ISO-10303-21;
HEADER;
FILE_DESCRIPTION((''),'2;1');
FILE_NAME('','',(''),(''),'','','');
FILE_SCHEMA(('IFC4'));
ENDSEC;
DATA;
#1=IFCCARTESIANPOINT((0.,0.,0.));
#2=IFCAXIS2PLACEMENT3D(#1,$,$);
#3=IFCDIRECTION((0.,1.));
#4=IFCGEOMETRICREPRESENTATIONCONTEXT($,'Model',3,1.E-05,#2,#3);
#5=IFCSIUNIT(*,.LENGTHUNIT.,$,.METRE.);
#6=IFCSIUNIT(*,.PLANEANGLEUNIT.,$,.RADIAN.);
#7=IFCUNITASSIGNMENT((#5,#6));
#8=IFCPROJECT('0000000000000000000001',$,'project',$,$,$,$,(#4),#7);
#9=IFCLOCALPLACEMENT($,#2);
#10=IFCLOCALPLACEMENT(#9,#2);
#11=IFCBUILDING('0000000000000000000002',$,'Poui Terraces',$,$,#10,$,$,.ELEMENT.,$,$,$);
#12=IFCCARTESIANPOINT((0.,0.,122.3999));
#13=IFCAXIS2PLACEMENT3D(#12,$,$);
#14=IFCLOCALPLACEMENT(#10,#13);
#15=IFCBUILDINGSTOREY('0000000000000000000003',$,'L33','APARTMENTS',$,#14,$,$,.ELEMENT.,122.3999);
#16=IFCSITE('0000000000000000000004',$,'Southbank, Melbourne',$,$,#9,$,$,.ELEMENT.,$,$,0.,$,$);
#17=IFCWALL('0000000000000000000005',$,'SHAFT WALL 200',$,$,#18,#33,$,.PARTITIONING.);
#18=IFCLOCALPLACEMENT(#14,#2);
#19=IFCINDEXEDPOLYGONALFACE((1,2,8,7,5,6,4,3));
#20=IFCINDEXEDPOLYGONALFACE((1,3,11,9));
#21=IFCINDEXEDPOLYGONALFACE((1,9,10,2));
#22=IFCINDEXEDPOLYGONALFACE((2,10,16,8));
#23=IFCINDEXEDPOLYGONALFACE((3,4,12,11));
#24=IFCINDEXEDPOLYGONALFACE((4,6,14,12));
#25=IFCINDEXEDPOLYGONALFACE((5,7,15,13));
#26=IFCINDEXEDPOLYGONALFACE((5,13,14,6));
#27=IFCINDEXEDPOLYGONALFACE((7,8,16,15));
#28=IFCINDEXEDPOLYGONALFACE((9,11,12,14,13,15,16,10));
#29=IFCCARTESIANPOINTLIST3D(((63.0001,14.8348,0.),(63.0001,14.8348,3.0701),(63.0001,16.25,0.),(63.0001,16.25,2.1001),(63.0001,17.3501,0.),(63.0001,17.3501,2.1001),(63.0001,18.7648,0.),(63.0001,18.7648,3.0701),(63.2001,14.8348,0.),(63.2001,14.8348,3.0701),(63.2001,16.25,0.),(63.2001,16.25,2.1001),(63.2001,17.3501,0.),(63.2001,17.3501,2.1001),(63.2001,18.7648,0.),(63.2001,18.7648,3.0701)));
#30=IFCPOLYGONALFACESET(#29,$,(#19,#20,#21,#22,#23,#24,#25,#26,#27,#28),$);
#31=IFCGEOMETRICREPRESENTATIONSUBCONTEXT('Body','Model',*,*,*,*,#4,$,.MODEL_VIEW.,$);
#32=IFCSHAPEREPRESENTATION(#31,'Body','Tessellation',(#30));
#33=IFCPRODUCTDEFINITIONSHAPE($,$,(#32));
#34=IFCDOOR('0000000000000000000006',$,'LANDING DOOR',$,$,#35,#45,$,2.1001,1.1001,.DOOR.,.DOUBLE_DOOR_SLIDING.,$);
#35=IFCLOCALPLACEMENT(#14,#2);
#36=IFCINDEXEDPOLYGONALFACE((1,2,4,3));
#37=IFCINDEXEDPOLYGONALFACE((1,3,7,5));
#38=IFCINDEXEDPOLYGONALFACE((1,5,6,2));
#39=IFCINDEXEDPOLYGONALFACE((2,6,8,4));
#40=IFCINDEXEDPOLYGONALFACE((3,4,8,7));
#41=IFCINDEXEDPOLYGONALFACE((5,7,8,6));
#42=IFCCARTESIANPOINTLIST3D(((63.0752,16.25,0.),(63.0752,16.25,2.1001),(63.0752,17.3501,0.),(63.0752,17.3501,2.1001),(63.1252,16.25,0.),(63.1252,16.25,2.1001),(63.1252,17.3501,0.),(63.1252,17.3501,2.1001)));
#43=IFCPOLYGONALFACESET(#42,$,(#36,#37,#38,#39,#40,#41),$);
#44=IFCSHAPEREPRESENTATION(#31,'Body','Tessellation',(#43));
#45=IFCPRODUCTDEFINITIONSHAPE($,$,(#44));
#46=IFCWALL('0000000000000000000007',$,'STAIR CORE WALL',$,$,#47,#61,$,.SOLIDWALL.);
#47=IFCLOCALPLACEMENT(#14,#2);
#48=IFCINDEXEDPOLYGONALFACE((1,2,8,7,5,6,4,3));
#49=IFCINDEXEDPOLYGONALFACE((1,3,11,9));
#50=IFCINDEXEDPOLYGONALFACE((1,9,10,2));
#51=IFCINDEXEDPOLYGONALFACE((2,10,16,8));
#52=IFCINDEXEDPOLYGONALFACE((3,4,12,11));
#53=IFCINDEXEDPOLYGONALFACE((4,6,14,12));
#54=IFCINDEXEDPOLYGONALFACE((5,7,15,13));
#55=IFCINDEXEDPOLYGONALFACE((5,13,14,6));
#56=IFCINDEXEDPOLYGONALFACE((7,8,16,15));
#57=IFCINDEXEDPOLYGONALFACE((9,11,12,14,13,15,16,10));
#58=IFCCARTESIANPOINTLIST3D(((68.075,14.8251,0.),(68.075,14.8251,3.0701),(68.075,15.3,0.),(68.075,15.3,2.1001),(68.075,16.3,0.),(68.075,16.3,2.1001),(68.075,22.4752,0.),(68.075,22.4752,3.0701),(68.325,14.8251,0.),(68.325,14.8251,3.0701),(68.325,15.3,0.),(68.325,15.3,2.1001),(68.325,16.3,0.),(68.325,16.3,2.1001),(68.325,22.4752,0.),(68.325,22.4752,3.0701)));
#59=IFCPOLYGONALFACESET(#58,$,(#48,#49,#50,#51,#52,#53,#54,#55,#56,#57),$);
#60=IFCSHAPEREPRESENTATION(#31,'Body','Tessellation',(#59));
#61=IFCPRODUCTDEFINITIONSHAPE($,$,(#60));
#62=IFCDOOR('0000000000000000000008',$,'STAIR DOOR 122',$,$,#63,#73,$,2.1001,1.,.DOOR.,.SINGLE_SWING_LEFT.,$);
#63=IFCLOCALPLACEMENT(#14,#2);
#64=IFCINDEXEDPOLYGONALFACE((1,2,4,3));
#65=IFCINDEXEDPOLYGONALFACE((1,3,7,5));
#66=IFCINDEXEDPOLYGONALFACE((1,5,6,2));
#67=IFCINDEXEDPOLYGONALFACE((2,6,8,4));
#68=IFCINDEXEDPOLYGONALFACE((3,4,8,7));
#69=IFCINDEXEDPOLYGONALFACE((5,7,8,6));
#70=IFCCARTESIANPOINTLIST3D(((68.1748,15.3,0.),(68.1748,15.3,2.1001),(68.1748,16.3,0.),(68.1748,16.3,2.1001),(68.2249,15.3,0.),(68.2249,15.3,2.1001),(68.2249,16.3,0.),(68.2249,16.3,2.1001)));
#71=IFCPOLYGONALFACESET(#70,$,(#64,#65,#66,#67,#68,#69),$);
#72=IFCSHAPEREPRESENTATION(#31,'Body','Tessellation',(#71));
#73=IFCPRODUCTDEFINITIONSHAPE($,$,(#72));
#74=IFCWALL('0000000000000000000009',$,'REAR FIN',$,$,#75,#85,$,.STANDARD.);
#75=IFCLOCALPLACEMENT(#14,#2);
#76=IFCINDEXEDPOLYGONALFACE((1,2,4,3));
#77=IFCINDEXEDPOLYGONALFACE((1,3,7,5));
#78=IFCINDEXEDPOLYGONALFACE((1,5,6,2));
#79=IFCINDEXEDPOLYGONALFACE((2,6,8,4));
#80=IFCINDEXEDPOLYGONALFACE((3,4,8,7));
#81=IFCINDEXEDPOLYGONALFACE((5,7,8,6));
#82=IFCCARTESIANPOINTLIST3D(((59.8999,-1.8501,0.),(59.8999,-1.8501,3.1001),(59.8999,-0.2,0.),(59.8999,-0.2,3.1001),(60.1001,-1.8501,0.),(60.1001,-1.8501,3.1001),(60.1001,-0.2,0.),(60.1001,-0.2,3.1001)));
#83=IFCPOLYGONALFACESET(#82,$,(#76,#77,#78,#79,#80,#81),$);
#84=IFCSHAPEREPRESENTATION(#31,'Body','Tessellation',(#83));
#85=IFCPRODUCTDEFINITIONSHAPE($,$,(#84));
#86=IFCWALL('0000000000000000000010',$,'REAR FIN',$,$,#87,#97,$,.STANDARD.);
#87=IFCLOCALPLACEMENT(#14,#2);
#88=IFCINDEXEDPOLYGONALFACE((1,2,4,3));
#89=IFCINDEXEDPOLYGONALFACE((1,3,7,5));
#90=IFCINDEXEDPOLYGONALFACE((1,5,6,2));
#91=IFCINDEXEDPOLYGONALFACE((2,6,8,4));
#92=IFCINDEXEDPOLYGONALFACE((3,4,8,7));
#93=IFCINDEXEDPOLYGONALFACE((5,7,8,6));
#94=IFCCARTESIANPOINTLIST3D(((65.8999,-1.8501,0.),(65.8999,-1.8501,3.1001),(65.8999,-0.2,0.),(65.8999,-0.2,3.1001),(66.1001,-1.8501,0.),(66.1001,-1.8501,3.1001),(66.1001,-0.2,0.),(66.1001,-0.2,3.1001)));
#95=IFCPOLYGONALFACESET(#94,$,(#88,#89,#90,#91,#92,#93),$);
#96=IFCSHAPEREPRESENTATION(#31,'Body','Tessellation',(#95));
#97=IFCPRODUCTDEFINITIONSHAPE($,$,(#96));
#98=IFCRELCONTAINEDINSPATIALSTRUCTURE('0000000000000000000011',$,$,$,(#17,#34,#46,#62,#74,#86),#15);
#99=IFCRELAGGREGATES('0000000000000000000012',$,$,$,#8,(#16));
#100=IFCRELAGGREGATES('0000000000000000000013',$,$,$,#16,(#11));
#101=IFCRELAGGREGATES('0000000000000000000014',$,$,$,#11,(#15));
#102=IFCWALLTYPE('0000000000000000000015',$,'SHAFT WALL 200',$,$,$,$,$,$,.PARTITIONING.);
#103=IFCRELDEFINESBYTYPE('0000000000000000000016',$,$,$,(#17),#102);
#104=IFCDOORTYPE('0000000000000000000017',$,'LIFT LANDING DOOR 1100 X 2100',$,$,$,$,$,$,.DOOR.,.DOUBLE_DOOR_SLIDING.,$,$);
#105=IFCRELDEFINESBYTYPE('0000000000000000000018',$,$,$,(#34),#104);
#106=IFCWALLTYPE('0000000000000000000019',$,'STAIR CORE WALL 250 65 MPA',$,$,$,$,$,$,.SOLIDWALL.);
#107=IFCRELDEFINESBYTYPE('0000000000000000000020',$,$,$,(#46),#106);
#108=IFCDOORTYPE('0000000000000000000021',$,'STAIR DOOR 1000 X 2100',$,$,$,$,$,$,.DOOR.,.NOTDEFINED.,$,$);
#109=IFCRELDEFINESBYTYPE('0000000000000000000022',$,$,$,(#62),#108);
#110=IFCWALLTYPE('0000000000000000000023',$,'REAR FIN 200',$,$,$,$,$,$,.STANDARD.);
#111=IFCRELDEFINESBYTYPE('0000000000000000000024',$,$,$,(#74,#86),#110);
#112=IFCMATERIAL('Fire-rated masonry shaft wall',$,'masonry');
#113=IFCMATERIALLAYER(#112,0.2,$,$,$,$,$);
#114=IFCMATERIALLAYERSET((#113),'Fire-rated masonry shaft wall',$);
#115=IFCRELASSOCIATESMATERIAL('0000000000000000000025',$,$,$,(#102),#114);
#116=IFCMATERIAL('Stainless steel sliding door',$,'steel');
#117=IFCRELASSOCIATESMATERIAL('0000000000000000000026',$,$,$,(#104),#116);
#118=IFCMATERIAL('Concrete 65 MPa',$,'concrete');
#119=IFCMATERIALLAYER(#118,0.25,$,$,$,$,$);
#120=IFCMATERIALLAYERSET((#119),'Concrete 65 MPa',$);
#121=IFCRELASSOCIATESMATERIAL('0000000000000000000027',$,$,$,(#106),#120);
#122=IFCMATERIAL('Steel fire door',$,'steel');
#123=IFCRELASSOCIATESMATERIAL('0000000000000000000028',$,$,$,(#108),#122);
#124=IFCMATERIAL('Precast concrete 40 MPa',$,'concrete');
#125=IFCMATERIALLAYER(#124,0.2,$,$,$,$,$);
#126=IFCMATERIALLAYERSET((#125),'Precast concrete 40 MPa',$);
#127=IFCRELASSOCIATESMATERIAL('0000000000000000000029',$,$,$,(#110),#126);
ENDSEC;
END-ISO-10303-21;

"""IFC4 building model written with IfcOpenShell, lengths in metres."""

from ifc_helpers import new_model, si_unit, direction, frame, frame_2d, origin, place, context, subcontext, project, spatial, polyline, rectangle, outline, extrude, source, transform, mapped, material, layer, layer_set, type_object, element, fill, save


model = new_model("IFC4")

# Units and contexts
model_context = context("Model", 3, precision=1e-05, world=origin(), true_north=direction((0.0, 1.0)))
body_context = subcontext(model_context, "Body", "Model", "MODEL_VIEW")
ifc_project = project(units=[si_unit("LENGTHUNIT", "METRE"), si_unit("PLANEANGLEUNIT", "RADIAN")], contexts=[model_context])

# Site, building, storey
site_placement = place(None, origin())
site = spatial("IfcSite", under=ifc_project, at=site_placement, Name="Southbank, Melbourne", CompositionType="ELEMENT", RefElevation=0.0)
building_placement = place(site_placement, origin())
building = spatial("IfcBuilding", under=site, at=building_placement, Name="Poui Terraces", CompositionType="ELEMENT")
storey_placement = place(building_placement, frame((0.0, 0.0, 122.3999)))
storey = spatial("IfcBuildingStorey", under=building, at=storey_placement, Name="L33", Description="APARTMENTS", CompositionType="ELEMENT", Elevation=122.3999)

# Shared definitions
ifc_material_1 = material(Name="Concrete 65 MPa", Category="concrete")

# Shared definitions
ifc_material_2 = material(Name="Precast concrete 40 MPa", Category="concrete")

# Shared definitions
ifc_material_3 = material(Name="Steel fire door", Category="steel")

# Shared definitions
ifc_material_4 = material(Name="Fire-rated masonry shaft wall", Category="masonry")
ifc_layer_1 = layer(ifc_material_4, 0.2)
ifc_layer_set_1 = layer_set([ifc_layer_1], Name="Fire-rated masonry shaft wall")
wall_type_1 = type_object("IfcWallType", Name="SHAFT WALL 200", PredefinedType="PARTITIONING", material=ifc_layer_set_1)

# Walls, openings, doors
wall_1_placement = place(storey_placement, frame((63.1001, 14.835, 0.0), z_axis=(0.0, 0.0, 1.0), x_axis=(0.0, 1.0, 0.0)))
wall_1 = element("IfcWall", 1, at=wall_1_placement, inside=storey, type_object=wall_type_1, Name="SHAFT WALL 200", PredefinedType="PARTITIONING", context=body_context, shape_type="SweptSolid", body=[
    extrude(rectangle(XDim=3.9299, YDim=0.2, at=frame_2d((1.9648, 0.0))), origin(), (0.0, 0.0, 1.0), 3.0701),
])
opening_1_placement = place(wall_1_placement, frame((1.415, 0.0, 0.0)))
opening_1 = element("IfcOpeningElement", 2, at=opening_1_placement, cuts=wall_1, PredefinedType="OPENING", context=body_context, shape_type="SweptSolid", body=[
    extrude(rectangle(XDim=1.1001, YDim=2.1001, at=frame_2d((0.55, 1.05))), frame((0.0, 0.1099, 0.0), z_axis=(0.0, -1.0, 0.0), x_axis=(1.0, 0.0, 0.0)), (0.0, 0.0, 1.0), 0.22),
])
ifc_material_5 = material(Name="Stainless steel sliding door", Category="steel")
door_type_1 = type_object("IfcDoorType", Name="LIFT LANDING DOOR 1100 X 2100", OperationType="DOUBLE_DOOR_SLIDING", PredefinedType="DOOR", material=ifc_material_5)
door_1_placement = place(opening_1_placement, origin())
door_1 = element("IfcDoor", 3, at=door_1_placement, inside=storey, type_object=door_type_1, Name="LANDING DOOR", OperationType="DOUBLE_DOOR_SLIDING", OverallHeight=2.1001, OverallWidth=1.1001, PredefinedType="DOOR", context=body_context, shape_type="SweptSolid", body=[
    extrude(rectangle(XDim=1.1001, YDim=2.1001, at=frame_2d((0.55, 1.05))), frame((0.0, 0.0249, 0.0), z_axis=(0.0, -1.0, 0.0), x_axis=(1.0, 0.0, 0.0)), (0.0, 0.0, 1.0), 0.05),
])
fill(opening_1, door_1)
ifc_layer_2 = layer(ifc_material_1, 0.25)
ifc_layer_set_2 = layer_set([ifc_layer_2], Name="Concrete 65 MPa")
wall_type_2 = type_object("IfcWallType", Name="STAIR CORE WALL 250 65 MPA", PredefinedType="SOLIDWALL", material=ifc_layer_set_2)
wall_2_placement = place(storey_placement, frame((68.2, 14.825, 0.0), z_axis=(0.0, 0.0, 1.0), x_axis=(0.0, 1.0, 0.0)))
wall_2 = element("IfcWall", 4, at=wall_2_placement, inside=storey, type_object=wall_type_2, Name="STAIR CORE WALL", PredefinedType="SOLIDWALL", context=body_context, shape_type="SweptSolid", body=[
    extrude(rectangle(XDim=7.6501, YDim=0.25, at=frame_2d((3.8252, 0.0))), origin(), (0.0, 0.0, 1.0), 3.0701),
])
opening_2_placement = place(wall_2_placement, frame((0.4751, 0.0, 0.0)))
opening_2 = element("IfcOpeningElement", 5, at=opening_2_placement, cuts=wall_2, PredefinedType="OPENING", context=body_context, shape_type="SweptSolid", body=[
    extrude(rectangle(XDim=1.0, YDim=2.1001, at=frame_2d((0.5, 1.05))), frame((0.0, 0.135, 0.0), z_axis=(0.0, -1.0, 0.0), x_axis=(1.0, 0.0, 0.0)), (0.0, 0.0, 1.0), 0.27),
])
door_type_2 = type_object("IfcDoorType", Name="STAIR DOOR 1000 X 2100", OperationType="NOTDEFINED", PredefinedType="DOOR", material=ifc_material_3)
door_2_placement = place(opening_2_placement, frame((1.0, 0.0, 0.0), z_axis=(0.0, 0.0, 1.0), x_axis=(-1.0, 0.0, 0.0)))
door_2 = element("IfcDoor", 6, at=door_2_placement, inside=storey, type_object=door_type_2, Name="STAIR DOOR 122", OperationType="SINGLE_SWING_LEFT", OverallHeight=2.1001, OverallWidth=1.0, PredefinedType="DOOR", context=body_context, shape_type="SweptSolid", body=[
    extrude(rectangle(XDim=1.0, YDim=2.1001, at=frame_2d((0.5, 1.05))), frame((0.0, 0.0249, 0.0), z_axis=(0.0, -1.0, 0.0), x_axis=(1.0, 0.0, 0.0)), (0.0, 0.0, 1.0), 0.05),
])
fill(opening_2, door_2)

# Walls
ifc_layer_3 = layer(ifc_material_2, 0.2)
ifc_layer_set_3 = layer_set([ifc_layer_3], Name="Precast concrete 40 MPa")
wall_type_3 = type_object("IfcWallType", Name="REAR FIN 200", PredefinedType="STANDARD", material=ifc_layer_set_3)
shared_shape_1 = source(origin(), body_context, "Body", "SweptSolid", [
    extrude(outline(polyline([(0.0, 0.0), (0.2002, 0.0), (0.2002, 1.6501), (0.0, 1.6501), (0.0, 0.0)])), origin(), (0.0, 0.0, 1.0), 3.1001),
])
for number, where, name in (
    (7, (59.8999, -1.8501, 0.0), "REAR FIN"),
    (8, (65.8999, -1.8501, 0.0), "REAR FIN"),
):
    element("IfcWall", number, at=place(storey_placement, frame(where)), inside=storey, type_object=wall_type_3, Name=name, PredefinedType="STANDARD", context=body_context, shape_type="MappedRepresentation", body=[
        mapped(shared_shape_1, transform((0.0, 0.0, 0.0))),
    ])

save(model, "model.ifc")
